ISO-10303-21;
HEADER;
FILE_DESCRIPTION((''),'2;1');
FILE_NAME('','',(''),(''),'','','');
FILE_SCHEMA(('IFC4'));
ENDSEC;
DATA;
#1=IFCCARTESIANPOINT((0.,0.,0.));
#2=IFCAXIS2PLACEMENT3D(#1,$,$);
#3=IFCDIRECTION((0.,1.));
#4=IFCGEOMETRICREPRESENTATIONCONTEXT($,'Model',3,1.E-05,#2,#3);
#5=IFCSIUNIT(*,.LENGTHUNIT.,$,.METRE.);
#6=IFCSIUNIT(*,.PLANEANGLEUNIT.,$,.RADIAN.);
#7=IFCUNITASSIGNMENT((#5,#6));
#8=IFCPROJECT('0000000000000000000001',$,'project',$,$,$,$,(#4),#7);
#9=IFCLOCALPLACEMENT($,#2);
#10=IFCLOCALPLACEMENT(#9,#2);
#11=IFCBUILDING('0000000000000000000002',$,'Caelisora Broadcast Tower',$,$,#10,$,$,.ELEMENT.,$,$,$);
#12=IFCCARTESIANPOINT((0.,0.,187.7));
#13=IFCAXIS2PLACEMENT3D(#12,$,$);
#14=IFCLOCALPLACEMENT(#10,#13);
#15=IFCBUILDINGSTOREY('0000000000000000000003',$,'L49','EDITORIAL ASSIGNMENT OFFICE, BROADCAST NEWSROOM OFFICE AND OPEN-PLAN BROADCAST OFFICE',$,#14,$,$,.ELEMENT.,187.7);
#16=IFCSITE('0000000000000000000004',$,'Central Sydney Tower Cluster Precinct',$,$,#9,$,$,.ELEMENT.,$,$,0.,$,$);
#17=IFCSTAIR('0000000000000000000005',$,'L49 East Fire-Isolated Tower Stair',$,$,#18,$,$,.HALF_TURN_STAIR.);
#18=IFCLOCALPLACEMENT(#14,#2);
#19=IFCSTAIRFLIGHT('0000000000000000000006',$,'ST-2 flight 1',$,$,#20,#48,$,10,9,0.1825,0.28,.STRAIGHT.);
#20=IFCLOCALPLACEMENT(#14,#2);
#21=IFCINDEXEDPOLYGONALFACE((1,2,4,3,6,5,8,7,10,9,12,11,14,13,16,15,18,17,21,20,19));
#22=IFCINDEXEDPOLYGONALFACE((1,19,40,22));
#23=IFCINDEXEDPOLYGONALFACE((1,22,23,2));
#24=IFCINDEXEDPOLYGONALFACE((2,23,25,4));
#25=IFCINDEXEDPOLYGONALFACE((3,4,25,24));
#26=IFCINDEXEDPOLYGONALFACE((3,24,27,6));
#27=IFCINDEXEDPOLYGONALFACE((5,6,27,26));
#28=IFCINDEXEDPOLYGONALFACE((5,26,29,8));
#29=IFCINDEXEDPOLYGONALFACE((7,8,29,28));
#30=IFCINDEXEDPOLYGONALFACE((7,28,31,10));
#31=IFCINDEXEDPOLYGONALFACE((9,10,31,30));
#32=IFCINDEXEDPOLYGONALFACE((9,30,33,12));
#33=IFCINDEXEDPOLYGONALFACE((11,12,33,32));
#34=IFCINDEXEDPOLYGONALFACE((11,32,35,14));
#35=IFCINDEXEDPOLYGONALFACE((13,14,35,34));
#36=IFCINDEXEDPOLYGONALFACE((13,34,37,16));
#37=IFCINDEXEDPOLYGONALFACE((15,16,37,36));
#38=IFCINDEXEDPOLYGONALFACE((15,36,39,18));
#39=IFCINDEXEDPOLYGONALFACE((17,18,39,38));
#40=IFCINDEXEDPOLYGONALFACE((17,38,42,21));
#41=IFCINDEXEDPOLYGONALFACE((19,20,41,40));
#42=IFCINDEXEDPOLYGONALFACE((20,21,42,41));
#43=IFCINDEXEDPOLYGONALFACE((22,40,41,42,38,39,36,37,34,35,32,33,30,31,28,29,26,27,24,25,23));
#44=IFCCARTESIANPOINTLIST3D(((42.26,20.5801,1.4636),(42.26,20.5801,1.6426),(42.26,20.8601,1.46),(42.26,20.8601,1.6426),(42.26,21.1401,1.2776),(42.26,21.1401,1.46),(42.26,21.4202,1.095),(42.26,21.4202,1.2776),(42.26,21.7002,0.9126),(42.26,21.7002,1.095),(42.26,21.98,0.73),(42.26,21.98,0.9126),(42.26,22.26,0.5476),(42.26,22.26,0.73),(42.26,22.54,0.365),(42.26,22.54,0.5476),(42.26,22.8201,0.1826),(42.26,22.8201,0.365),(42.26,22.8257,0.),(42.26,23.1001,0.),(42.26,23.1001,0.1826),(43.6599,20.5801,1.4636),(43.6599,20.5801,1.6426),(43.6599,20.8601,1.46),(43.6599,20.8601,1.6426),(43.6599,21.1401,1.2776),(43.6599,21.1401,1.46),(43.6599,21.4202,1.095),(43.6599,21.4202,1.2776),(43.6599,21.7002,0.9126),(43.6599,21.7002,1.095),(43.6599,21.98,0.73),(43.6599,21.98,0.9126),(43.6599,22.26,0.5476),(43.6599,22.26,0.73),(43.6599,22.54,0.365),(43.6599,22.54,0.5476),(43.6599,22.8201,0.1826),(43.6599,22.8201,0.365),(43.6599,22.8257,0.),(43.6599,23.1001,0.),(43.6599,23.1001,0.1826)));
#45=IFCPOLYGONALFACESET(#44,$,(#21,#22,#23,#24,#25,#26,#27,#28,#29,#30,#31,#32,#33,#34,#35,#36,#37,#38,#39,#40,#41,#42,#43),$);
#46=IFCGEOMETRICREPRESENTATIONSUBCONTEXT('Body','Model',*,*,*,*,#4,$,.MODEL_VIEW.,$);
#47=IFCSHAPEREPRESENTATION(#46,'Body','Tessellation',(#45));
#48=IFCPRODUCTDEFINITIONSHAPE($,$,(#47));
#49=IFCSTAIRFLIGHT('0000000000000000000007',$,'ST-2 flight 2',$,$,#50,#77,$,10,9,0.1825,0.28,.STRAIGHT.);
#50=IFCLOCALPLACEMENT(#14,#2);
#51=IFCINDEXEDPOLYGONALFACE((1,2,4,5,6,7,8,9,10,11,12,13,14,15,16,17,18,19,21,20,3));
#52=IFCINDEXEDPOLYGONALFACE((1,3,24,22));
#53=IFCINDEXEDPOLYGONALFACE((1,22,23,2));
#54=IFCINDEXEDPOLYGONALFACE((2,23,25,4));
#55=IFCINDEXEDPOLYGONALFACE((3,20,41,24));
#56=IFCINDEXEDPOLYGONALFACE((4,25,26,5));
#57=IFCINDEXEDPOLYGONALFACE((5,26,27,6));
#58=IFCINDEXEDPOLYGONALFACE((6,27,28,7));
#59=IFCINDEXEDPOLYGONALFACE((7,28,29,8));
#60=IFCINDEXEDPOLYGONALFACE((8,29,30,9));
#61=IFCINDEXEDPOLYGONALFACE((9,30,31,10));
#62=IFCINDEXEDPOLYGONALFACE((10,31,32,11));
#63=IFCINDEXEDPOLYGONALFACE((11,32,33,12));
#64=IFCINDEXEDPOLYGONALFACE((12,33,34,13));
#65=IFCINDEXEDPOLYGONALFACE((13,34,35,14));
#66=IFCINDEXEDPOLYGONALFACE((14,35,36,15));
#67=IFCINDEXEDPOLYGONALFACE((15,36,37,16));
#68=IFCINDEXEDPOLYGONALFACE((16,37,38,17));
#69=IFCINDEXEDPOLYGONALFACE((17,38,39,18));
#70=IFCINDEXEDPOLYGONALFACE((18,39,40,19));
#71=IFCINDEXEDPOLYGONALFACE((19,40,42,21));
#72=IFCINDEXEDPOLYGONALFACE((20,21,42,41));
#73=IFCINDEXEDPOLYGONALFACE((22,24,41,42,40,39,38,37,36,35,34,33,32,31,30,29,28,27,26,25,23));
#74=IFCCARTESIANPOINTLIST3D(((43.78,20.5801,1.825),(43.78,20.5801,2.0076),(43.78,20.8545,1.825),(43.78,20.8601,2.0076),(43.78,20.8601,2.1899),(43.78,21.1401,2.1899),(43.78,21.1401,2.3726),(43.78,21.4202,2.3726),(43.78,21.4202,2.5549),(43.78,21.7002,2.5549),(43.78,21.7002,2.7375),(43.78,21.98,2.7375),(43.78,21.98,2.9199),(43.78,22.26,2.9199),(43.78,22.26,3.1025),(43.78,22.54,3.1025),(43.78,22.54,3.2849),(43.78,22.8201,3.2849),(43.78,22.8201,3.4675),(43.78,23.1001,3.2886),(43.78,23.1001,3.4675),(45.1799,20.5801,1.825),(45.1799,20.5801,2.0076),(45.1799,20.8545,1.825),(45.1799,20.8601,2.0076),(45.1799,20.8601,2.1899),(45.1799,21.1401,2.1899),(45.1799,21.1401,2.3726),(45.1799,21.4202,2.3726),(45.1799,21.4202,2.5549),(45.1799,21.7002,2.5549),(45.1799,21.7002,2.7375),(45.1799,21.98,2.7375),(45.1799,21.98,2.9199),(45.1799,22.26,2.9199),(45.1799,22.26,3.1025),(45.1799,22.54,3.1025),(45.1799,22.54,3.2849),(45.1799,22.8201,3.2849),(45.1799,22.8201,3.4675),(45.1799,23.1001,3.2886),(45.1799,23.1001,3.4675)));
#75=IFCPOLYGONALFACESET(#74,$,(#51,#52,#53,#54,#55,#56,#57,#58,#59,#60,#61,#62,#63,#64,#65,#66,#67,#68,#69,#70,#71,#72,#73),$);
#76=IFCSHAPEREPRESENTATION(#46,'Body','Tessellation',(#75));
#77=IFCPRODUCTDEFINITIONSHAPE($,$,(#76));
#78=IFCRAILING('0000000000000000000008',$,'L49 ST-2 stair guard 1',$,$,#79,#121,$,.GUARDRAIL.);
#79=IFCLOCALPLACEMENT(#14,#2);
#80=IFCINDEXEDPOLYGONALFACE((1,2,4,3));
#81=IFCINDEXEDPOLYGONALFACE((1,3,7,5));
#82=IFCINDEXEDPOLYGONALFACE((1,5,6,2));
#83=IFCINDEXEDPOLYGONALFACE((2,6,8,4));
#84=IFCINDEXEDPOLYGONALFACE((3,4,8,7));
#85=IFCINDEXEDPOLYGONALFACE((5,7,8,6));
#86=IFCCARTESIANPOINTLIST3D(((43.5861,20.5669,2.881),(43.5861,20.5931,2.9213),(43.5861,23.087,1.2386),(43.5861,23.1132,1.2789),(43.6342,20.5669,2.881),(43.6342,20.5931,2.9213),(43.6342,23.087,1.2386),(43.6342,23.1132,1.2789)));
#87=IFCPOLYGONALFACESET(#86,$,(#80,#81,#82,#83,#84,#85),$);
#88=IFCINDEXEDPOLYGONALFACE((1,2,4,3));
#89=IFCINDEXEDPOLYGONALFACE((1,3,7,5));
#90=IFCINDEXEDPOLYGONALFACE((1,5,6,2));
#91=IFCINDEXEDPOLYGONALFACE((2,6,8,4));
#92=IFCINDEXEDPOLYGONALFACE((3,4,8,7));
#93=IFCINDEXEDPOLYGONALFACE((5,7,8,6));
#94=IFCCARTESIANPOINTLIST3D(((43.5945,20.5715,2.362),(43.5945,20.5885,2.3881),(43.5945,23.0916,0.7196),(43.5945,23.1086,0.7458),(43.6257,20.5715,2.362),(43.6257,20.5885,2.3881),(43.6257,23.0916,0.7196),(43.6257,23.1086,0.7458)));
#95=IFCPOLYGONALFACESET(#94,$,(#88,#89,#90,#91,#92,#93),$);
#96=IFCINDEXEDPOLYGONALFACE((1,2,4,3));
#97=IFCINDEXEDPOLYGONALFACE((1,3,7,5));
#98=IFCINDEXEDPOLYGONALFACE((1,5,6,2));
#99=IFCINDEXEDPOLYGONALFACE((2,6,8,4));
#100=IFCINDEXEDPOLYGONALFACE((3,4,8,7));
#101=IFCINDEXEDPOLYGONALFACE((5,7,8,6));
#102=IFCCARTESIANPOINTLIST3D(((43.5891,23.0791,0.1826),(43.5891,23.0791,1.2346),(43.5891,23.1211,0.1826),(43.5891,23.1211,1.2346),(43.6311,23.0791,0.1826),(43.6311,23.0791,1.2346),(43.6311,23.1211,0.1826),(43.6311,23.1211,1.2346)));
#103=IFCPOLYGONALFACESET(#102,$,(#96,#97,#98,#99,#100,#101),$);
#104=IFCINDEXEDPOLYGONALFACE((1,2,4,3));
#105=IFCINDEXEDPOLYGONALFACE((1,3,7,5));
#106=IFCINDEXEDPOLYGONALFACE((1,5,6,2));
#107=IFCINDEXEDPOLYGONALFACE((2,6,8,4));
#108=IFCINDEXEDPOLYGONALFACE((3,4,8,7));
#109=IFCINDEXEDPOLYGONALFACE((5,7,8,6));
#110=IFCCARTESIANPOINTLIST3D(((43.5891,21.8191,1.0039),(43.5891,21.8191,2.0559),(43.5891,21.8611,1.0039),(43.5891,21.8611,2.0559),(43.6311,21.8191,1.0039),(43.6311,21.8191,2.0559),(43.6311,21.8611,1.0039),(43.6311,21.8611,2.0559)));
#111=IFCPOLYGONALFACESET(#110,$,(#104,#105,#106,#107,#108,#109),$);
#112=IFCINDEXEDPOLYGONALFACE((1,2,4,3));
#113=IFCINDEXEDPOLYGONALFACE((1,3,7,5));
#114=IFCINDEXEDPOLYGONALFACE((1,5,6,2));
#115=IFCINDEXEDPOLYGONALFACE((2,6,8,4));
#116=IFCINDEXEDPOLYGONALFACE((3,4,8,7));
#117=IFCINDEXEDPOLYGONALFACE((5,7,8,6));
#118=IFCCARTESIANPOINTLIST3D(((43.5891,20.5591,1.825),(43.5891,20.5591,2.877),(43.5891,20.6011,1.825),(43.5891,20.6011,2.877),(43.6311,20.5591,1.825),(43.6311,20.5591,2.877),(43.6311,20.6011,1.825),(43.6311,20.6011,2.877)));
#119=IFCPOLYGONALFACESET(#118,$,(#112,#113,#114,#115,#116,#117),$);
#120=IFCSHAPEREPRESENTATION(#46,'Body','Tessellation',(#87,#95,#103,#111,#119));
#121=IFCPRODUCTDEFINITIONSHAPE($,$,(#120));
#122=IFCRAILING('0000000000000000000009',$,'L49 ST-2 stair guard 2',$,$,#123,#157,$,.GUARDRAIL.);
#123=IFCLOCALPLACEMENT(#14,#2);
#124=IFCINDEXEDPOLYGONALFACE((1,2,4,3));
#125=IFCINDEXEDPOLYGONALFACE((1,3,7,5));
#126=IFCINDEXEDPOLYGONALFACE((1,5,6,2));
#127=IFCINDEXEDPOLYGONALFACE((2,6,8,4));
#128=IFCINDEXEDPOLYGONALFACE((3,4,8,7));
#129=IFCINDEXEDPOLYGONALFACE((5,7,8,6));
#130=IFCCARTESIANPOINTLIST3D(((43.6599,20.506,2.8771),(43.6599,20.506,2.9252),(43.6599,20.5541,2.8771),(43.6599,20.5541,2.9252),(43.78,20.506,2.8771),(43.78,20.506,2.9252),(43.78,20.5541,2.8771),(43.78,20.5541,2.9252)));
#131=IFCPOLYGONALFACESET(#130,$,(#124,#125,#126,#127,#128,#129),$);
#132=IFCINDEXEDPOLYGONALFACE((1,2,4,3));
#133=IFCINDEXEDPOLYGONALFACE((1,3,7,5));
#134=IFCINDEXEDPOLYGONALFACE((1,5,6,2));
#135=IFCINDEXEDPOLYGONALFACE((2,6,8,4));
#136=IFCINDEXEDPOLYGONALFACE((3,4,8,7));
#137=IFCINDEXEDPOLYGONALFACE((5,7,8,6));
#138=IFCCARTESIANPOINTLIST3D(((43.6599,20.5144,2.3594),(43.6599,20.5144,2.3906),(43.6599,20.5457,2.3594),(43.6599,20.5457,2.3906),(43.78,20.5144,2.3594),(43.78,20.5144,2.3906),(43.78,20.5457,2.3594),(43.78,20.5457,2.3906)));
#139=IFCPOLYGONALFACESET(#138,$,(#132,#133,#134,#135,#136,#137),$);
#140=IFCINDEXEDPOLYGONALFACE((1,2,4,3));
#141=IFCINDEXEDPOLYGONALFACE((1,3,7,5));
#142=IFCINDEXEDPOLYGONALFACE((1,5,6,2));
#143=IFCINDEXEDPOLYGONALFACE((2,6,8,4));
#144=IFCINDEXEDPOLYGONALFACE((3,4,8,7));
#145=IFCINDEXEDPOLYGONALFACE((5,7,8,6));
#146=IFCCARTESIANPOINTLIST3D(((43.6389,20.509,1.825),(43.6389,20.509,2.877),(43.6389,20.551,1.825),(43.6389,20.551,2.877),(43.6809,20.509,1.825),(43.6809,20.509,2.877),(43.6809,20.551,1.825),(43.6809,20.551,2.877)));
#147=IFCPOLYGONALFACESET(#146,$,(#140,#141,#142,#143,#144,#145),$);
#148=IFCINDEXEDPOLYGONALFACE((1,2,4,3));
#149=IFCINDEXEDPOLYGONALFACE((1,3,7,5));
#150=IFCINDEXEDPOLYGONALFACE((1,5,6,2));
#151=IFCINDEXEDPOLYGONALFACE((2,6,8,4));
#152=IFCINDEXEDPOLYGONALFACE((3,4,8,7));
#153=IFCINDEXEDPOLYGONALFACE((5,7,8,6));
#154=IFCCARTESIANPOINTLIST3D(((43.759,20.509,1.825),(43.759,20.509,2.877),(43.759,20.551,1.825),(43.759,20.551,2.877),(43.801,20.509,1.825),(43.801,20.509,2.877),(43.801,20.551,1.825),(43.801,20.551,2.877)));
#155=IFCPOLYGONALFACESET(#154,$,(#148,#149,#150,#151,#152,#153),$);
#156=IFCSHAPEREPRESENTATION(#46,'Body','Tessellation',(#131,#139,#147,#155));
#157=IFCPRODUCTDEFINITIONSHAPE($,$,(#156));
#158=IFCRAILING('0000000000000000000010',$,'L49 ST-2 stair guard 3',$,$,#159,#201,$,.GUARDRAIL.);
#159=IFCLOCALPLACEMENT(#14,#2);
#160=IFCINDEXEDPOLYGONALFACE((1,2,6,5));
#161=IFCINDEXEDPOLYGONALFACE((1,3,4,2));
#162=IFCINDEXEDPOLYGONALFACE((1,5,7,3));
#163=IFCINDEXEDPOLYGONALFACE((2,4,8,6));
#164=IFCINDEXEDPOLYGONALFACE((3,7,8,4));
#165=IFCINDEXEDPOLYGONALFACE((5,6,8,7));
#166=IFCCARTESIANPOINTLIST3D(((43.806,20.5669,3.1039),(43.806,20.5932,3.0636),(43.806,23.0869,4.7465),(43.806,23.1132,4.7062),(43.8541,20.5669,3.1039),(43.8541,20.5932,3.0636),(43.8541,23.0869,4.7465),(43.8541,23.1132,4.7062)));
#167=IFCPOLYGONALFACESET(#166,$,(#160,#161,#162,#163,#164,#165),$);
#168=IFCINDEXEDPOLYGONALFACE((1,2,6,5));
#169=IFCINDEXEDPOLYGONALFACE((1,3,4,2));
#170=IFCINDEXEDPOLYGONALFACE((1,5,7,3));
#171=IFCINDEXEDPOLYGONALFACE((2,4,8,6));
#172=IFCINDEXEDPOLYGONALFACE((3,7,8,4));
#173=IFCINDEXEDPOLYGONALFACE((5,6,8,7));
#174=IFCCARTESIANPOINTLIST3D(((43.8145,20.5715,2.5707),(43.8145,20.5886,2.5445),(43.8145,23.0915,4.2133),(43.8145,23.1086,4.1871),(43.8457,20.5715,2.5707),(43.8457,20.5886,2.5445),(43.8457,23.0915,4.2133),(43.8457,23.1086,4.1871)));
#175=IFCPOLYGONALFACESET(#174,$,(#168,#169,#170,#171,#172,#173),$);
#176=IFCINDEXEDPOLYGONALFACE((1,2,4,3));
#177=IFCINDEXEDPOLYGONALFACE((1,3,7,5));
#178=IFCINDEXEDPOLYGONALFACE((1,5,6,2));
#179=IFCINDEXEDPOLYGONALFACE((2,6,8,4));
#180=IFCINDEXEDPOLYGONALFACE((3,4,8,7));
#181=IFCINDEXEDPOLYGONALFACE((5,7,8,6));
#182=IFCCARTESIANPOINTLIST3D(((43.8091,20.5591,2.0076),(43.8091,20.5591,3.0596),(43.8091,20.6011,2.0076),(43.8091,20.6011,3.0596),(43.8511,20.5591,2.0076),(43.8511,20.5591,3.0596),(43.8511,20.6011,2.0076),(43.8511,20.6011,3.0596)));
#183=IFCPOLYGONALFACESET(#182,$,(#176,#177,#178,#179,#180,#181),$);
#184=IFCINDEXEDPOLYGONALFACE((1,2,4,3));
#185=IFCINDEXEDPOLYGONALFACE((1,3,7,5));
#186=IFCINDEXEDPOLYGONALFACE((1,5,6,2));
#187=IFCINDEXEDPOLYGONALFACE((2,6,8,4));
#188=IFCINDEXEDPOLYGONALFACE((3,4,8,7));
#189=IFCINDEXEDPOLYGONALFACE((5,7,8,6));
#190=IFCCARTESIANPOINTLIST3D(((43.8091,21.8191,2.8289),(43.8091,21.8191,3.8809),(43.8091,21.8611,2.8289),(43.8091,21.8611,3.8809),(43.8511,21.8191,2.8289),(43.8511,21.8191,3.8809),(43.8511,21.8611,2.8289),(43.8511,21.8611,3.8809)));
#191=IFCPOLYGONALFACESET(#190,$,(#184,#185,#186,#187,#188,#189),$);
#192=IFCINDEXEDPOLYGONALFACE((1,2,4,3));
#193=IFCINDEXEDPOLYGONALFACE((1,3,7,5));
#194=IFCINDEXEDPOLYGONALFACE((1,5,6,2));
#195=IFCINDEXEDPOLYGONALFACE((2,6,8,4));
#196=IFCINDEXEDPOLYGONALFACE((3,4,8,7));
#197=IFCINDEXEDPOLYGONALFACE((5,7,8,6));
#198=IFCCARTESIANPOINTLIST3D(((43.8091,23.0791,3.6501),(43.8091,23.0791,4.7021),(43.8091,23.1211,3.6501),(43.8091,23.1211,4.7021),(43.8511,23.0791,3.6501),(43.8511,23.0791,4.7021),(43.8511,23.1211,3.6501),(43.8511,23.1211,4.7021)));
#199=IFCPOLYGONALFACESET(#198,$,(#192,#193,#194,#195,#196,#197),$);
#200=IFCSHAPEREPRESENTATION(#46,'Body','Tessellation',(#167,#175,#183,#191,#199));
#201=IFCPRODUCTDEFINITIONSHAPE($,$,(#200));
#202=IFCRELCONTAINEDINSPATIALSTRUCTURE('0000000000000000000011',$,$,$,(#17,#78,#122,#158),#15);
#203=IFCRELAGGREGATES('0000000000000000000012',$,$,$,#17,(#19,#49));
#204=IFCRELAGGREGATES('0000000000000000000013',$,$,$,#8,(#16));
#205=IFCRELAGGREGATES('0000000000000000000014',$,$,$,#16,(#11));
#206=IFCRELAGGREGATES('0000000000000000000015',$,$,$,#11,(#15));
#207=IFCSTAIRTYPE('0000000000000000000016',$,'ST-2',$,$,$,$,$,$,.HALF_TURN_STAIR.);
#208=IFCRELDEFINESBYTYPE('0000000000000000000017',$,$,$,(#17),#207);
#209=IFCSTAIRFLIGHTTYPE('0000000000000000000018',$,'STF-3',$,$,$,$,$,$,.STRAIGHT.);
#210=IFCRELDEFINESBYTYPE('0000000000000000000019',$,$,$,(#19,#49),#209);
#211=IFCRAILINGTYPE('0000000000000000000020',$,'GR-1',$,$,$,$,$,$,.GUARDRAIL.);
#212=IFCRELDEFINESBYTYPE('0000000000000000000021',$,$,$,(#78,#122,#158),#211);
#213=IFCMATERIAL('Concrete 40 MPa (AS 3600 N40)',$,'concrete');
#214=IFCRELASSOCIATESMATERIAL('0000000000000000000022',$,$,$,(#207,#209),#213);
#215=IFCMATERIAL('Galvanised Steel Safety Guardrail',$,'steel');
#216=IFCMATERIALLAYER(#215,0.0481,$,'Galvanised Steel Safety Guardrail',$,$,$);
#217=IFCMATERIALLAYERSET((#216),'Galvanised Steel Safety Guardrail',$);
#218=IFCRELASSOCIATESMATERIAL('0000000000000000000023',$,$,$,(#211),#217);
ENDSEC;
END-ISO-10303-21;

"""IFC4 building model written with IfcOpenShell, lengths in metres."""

from ifc_helpers import new_model, si_unit, direction, frame, origin, origin_2d, place, context, subcontext, project, spatial, polyline, rectangle, outline, extrude, material, layer, layer_set, type_object, element, aggregate, save


model = new_model("IFC4")

# Units and contexts
model_context = context("Model", 3, precision=1e-05, world=origin(), true_north=direction((0.0, 1.0)))
body_context = subcontext(model_context, "Body", "Model", "MODEL_VIEW")
ifc_project = project(units=[si_unit("LENGTHUNIT", "METRE"), si_unit("PLANEANGLEUNIT", "RADIAN")], contexts=[model_context])

# Site, building, storey
site_placement = place(None, origin())
site = spatial("IfcSite", under=ifc_project, at=site_placement, Name="Central Sydney Tower Cluster Precinct", CompositionType="ELEMENT", RefElevation=0.0)
building_placement = place(site_placement, origin())
building = spatial("IfcBuilding", under=site, at=building_placement, Name="Caelisora Broadcast Tower", CompositionType="ELEMENT")
storey_placement = place(building_placement, frame((0.0, 0.0, 187.7)))
storey = spatial("IfcBuildingStorey", under=building, at=storey_placement, Name="L49", Description="EDITORIAL ASSIGNMENT OFFICE, BROADCAST NEWSROOM OFFICE AND OPEN-PLAN BROADCAST OFFICE", CompositionType="ELEMENT", Elevation=187.7)

# Stair, stair flights
ifc_material_1 = material(Name="Concrete 40 MPa (AS 3600 N40)", Category="concrete")
stair_type = type_object("IfcStairType", Name="ST-2", PredefinedType="HALF_TURN_STAIR", material=ifc_material_1)
stair_placement = place(storey_placement, origin())
stair = element("IfcStair", 1, at=stair_placement, inside=storey, type_object=stair_type, Name="L49 East Fire-Isolated Tower Stair", PredefinedType="HALF_TURN_STAIR")
stair_flight_type = type_object("IfcStairFlightType", Name="STF-3", PredefinedType="STRAIGHT", material=ifc_material_1)
stair_flight_1_placement = place(storey_placement, frame((42.96, 23.1001, 0.0), z_axis=(0.0, 0.0, 1.0), x_axis=(0.0, -1.0, 0.0)))
stair_flight_1 = element("IfcStairFlight", 2, at=stair_flight_1_placement, type_object=stair_flight_type, Name="ST-2 flight 1", NumberOfRisers=10, NumberOfTreads=9, PredefinedType="STRAIGHT", RiserHeight=0.1825, TreadLength=0.28, context=body_context, shape_type="SweptSolid", body=[
    extrude(outline(polyline([(0.0, 0.0), (0.0, 0.1826), (0.28, 0.1826), (0.28, 0.365), (0.5601, 0.365), (0.5601, 0.5476), (0.8401, 0.5476), (0.8401, 0.73), (1.1201, 0.73), (1.1201, 0.9126), (1.3999, 0.9126), (1.3999, 1.095), (1.6799, 1.095), (1.6799, 1.2776), (1.96, 1.2776), (1.96, 1.46), (2.24, 1.46), (2.24, 1.6426), (2.52, 1.6426), (2.52, 1.825), (2.52, 1.4636), (0.2744, 0.0), (0.0, 0.0)])), frame((0.0, 0.7, 0.0), z_axis=(0.0, -1.0, 0.0), x_axis=(1.0, 0.0, 0.0)), (0.0, 0.0, 1.0), 1.3999),
])
stair_flight_2_placement = place(storey_placement, frame((44.48, 20.5801, 1.825), z_axis=(0.0, 0.0, 1.0), x_axis=(0.0, 1.0, 0.0)))
stair_flight_2 = element("IfcStairFlight", 3, at=stair_flight_2_placement, type_object=stair_flight_type, Name="ST-2 flight 2", NumberOfRisers=10, NumberOfTreads=9, PredefinedType="STRAIGHT", RiserHeight=0.1825, TreadLength=0.28, context=body_context, shape_type="SweptSolid", body=[
    extrude(outline(polyline([(0.0, 0.0), (0.0, 0.1826), (0.28, 0.1826), (0.28, 0.365), (0.5601, 0.365), (0.5601, 0.5476), (0.8401, 0.5476), (0.8401, 0.73), (1.1201, 0.73), (1.1201, 0.9126), (1.3999, 0.9126), (1.3999, 1.095), (1.6799, 1.095), (1.6799, 1.2776), (1.96, 1.2776), (1.96, 1.46), (2.24, 1.46), (2.24, 1.6426), (2.52, 1.6426), (2.52, 1.825), (2.52, 1.4636), (0.2744, 0.0), (0.0, 0.0)])), frame((0.0, 0.7, 0.0), z_axis=(0.0, -1.0, 0.0), x_axis=(1.0, 0.0, 0.0)), (0.0, 0.0, 1.0), 1.3999),
])
aggregate(stair, [stair_flight_1, stair_flight_2])

# Railings
ifc_material_2 = material(Name="Galvanised Steel Safety Guardrail", Category="steel")
ifc_layer_1 = layer(ifc_material_2, 0.0481, Name="Galvanised Steel Safety Guardrail")
ifc_layer_set_1 = layer_set([ifc_layer_1], Name="Galvanised Steel Safety Guardrail")
railing_type_1 = type_object("IfcRailingType", Name="GR-1", PredefinedType="GUARDRAIL", material=ifc_layer_set_1)
railing_1_placement = place(storey_placement, frame((43.6101, 23.1001, 0.1826)))
element("IfcRailing", 4, at=railing_1_placement, inside=storey, type_object=railing_type_1, Name="L49 ST-2 stair guard 1", PredefinedType="GUARDRAIL", context=body_context, shape_type="SweptSolid", body=[
    extrude(rectangle(XDim=0.0481, YDim=0.0481, at=origin_2d()), frame((0.0, 0.0, 1.0762), z_axis=(0.0, -0.837787, 0.545998), x_axis=(1.0, 0.0, 0.0)), (0.0, 0.0, 1.0), 3.0081),
    extrude(rectangle(XDim=0.0312, YDim=0.0312, at=origin_2d()), frame((0.0, 0.0, 0.55), z_axis=(0.0, -0.837787, 0.545998), x_axis=(1.0, 0.0, 0.0)), (0.0, 0.0, 1.0), 3.0081),
    extrude(rectangle(XDim=0.042, YDim=0.042, at=origin_2d()), origin(), (0.0, 0.0, 1.0), 1.052),
    extrude(rectangle(XDim=0.042, YDim=0.042, at=origin_2d()), frame((0.0, -1.26, 0.8213)), (0.0, 0.0, 1.0), 1.052),
    extrude(rectangle(XDim=0.042, YDim=0.042, at=origin_2d()), frame((0.0, -2.52, 1.6423)), (0.0, 0.0, 1.0), 1.052),
])
railing_2_placement = place(storey_placement, frame((43.6599, 20.53, 1.825)))
element("IfcRailing", 5, at=railing_2_placement, inside=storey, type_object=railing_type_1, Name="L49 ST-2 stair guard 2", PredefinedType="GUARDRAIL", context=body_context, shape_type="SweptSolid", body=[
    extrude(rectangle(XDim=0.0481, YDim=0.0481, at=origin_2d()), frame((0.0, 0.0, 1.0762), z_axis=(1.0, 0.0, 0.0), x_axis=(0.0, 1.0, 0.0)), (0.0, 0.0, 1.0), 0.1201),
    extrude(rectangle(XDim=0.0312, YDim=0.0312, at=origin_2d()), frame((0.0, 0.0, 0.55), z_axis=(1.0, 0.0, 0.0), x_axis=(0.0, 1.0, 0.0)), (0.0, 0.0, 1.0), 0.1201),
    extrude(rectangle(XDim=0.042, YDim=0.042, at=origin_2d()), origin(), (0.0, 0.0, 1.0), 1.052),
    extrude(rectangle(XDim=0.042, YDim=0.042, at=origin_2d()), frame((0.1201, 0.0, 0.0)), (0.0, 0.0, 1.0), 1.052),
])
railing_3_placement = place(storey_placement, frame((43.8301, 20.5801, 2.0076)))
element("IfcRailing", 6, at=railing_3_placement, inside=storey, type_object=railing_type_1, Name="L49 ST-2 stair guard 3", PredefinedType="GUARDRAIL", context=body_context, shape_type="SweptSolid", body=[
    extrude(rectangle(XDim=0.0481, YDim=0.0481, at=origin_2d()), frame((0.0, 0.0, 1.0762), z_axis=(0.0, 0.837749, 0.546055), x_axis=(-1.0, 0.0, 0.0)), (0.0, 0.0, 1.0), 3.0081),
    extrude(rectangle(XDim=0.0312, YDim=0.0312, at=origin_2d()), frame((0.0, 0.0, 0.55), z_axis=(0.0, 0.837749, 0.546055), x_axis=(-1.0, 0.0, 0.0)), (0.0, 0.0, 1.0), 3.0081),
    extrude(rectangle(XDim=0.042, YDim=0.042, at=origin_2d()), origin(), (0.0, 0.0, 1.0), 1.052),
    extrude(rectangle(XDim=0.042, YDim=0.042, at=origin_2d()), frame((0.0, 1.26, 0.8213)), (0.0, 0.0, 1.0), 1.052),
    extrude(rectangle(XDim=0.042, YDim=0.042, at=origin_2d()), frame((0.0, 2.52, 1.6426)), (0.0, 0.0, 1.0), 1.052),
])

save(model, "model.ifc")
